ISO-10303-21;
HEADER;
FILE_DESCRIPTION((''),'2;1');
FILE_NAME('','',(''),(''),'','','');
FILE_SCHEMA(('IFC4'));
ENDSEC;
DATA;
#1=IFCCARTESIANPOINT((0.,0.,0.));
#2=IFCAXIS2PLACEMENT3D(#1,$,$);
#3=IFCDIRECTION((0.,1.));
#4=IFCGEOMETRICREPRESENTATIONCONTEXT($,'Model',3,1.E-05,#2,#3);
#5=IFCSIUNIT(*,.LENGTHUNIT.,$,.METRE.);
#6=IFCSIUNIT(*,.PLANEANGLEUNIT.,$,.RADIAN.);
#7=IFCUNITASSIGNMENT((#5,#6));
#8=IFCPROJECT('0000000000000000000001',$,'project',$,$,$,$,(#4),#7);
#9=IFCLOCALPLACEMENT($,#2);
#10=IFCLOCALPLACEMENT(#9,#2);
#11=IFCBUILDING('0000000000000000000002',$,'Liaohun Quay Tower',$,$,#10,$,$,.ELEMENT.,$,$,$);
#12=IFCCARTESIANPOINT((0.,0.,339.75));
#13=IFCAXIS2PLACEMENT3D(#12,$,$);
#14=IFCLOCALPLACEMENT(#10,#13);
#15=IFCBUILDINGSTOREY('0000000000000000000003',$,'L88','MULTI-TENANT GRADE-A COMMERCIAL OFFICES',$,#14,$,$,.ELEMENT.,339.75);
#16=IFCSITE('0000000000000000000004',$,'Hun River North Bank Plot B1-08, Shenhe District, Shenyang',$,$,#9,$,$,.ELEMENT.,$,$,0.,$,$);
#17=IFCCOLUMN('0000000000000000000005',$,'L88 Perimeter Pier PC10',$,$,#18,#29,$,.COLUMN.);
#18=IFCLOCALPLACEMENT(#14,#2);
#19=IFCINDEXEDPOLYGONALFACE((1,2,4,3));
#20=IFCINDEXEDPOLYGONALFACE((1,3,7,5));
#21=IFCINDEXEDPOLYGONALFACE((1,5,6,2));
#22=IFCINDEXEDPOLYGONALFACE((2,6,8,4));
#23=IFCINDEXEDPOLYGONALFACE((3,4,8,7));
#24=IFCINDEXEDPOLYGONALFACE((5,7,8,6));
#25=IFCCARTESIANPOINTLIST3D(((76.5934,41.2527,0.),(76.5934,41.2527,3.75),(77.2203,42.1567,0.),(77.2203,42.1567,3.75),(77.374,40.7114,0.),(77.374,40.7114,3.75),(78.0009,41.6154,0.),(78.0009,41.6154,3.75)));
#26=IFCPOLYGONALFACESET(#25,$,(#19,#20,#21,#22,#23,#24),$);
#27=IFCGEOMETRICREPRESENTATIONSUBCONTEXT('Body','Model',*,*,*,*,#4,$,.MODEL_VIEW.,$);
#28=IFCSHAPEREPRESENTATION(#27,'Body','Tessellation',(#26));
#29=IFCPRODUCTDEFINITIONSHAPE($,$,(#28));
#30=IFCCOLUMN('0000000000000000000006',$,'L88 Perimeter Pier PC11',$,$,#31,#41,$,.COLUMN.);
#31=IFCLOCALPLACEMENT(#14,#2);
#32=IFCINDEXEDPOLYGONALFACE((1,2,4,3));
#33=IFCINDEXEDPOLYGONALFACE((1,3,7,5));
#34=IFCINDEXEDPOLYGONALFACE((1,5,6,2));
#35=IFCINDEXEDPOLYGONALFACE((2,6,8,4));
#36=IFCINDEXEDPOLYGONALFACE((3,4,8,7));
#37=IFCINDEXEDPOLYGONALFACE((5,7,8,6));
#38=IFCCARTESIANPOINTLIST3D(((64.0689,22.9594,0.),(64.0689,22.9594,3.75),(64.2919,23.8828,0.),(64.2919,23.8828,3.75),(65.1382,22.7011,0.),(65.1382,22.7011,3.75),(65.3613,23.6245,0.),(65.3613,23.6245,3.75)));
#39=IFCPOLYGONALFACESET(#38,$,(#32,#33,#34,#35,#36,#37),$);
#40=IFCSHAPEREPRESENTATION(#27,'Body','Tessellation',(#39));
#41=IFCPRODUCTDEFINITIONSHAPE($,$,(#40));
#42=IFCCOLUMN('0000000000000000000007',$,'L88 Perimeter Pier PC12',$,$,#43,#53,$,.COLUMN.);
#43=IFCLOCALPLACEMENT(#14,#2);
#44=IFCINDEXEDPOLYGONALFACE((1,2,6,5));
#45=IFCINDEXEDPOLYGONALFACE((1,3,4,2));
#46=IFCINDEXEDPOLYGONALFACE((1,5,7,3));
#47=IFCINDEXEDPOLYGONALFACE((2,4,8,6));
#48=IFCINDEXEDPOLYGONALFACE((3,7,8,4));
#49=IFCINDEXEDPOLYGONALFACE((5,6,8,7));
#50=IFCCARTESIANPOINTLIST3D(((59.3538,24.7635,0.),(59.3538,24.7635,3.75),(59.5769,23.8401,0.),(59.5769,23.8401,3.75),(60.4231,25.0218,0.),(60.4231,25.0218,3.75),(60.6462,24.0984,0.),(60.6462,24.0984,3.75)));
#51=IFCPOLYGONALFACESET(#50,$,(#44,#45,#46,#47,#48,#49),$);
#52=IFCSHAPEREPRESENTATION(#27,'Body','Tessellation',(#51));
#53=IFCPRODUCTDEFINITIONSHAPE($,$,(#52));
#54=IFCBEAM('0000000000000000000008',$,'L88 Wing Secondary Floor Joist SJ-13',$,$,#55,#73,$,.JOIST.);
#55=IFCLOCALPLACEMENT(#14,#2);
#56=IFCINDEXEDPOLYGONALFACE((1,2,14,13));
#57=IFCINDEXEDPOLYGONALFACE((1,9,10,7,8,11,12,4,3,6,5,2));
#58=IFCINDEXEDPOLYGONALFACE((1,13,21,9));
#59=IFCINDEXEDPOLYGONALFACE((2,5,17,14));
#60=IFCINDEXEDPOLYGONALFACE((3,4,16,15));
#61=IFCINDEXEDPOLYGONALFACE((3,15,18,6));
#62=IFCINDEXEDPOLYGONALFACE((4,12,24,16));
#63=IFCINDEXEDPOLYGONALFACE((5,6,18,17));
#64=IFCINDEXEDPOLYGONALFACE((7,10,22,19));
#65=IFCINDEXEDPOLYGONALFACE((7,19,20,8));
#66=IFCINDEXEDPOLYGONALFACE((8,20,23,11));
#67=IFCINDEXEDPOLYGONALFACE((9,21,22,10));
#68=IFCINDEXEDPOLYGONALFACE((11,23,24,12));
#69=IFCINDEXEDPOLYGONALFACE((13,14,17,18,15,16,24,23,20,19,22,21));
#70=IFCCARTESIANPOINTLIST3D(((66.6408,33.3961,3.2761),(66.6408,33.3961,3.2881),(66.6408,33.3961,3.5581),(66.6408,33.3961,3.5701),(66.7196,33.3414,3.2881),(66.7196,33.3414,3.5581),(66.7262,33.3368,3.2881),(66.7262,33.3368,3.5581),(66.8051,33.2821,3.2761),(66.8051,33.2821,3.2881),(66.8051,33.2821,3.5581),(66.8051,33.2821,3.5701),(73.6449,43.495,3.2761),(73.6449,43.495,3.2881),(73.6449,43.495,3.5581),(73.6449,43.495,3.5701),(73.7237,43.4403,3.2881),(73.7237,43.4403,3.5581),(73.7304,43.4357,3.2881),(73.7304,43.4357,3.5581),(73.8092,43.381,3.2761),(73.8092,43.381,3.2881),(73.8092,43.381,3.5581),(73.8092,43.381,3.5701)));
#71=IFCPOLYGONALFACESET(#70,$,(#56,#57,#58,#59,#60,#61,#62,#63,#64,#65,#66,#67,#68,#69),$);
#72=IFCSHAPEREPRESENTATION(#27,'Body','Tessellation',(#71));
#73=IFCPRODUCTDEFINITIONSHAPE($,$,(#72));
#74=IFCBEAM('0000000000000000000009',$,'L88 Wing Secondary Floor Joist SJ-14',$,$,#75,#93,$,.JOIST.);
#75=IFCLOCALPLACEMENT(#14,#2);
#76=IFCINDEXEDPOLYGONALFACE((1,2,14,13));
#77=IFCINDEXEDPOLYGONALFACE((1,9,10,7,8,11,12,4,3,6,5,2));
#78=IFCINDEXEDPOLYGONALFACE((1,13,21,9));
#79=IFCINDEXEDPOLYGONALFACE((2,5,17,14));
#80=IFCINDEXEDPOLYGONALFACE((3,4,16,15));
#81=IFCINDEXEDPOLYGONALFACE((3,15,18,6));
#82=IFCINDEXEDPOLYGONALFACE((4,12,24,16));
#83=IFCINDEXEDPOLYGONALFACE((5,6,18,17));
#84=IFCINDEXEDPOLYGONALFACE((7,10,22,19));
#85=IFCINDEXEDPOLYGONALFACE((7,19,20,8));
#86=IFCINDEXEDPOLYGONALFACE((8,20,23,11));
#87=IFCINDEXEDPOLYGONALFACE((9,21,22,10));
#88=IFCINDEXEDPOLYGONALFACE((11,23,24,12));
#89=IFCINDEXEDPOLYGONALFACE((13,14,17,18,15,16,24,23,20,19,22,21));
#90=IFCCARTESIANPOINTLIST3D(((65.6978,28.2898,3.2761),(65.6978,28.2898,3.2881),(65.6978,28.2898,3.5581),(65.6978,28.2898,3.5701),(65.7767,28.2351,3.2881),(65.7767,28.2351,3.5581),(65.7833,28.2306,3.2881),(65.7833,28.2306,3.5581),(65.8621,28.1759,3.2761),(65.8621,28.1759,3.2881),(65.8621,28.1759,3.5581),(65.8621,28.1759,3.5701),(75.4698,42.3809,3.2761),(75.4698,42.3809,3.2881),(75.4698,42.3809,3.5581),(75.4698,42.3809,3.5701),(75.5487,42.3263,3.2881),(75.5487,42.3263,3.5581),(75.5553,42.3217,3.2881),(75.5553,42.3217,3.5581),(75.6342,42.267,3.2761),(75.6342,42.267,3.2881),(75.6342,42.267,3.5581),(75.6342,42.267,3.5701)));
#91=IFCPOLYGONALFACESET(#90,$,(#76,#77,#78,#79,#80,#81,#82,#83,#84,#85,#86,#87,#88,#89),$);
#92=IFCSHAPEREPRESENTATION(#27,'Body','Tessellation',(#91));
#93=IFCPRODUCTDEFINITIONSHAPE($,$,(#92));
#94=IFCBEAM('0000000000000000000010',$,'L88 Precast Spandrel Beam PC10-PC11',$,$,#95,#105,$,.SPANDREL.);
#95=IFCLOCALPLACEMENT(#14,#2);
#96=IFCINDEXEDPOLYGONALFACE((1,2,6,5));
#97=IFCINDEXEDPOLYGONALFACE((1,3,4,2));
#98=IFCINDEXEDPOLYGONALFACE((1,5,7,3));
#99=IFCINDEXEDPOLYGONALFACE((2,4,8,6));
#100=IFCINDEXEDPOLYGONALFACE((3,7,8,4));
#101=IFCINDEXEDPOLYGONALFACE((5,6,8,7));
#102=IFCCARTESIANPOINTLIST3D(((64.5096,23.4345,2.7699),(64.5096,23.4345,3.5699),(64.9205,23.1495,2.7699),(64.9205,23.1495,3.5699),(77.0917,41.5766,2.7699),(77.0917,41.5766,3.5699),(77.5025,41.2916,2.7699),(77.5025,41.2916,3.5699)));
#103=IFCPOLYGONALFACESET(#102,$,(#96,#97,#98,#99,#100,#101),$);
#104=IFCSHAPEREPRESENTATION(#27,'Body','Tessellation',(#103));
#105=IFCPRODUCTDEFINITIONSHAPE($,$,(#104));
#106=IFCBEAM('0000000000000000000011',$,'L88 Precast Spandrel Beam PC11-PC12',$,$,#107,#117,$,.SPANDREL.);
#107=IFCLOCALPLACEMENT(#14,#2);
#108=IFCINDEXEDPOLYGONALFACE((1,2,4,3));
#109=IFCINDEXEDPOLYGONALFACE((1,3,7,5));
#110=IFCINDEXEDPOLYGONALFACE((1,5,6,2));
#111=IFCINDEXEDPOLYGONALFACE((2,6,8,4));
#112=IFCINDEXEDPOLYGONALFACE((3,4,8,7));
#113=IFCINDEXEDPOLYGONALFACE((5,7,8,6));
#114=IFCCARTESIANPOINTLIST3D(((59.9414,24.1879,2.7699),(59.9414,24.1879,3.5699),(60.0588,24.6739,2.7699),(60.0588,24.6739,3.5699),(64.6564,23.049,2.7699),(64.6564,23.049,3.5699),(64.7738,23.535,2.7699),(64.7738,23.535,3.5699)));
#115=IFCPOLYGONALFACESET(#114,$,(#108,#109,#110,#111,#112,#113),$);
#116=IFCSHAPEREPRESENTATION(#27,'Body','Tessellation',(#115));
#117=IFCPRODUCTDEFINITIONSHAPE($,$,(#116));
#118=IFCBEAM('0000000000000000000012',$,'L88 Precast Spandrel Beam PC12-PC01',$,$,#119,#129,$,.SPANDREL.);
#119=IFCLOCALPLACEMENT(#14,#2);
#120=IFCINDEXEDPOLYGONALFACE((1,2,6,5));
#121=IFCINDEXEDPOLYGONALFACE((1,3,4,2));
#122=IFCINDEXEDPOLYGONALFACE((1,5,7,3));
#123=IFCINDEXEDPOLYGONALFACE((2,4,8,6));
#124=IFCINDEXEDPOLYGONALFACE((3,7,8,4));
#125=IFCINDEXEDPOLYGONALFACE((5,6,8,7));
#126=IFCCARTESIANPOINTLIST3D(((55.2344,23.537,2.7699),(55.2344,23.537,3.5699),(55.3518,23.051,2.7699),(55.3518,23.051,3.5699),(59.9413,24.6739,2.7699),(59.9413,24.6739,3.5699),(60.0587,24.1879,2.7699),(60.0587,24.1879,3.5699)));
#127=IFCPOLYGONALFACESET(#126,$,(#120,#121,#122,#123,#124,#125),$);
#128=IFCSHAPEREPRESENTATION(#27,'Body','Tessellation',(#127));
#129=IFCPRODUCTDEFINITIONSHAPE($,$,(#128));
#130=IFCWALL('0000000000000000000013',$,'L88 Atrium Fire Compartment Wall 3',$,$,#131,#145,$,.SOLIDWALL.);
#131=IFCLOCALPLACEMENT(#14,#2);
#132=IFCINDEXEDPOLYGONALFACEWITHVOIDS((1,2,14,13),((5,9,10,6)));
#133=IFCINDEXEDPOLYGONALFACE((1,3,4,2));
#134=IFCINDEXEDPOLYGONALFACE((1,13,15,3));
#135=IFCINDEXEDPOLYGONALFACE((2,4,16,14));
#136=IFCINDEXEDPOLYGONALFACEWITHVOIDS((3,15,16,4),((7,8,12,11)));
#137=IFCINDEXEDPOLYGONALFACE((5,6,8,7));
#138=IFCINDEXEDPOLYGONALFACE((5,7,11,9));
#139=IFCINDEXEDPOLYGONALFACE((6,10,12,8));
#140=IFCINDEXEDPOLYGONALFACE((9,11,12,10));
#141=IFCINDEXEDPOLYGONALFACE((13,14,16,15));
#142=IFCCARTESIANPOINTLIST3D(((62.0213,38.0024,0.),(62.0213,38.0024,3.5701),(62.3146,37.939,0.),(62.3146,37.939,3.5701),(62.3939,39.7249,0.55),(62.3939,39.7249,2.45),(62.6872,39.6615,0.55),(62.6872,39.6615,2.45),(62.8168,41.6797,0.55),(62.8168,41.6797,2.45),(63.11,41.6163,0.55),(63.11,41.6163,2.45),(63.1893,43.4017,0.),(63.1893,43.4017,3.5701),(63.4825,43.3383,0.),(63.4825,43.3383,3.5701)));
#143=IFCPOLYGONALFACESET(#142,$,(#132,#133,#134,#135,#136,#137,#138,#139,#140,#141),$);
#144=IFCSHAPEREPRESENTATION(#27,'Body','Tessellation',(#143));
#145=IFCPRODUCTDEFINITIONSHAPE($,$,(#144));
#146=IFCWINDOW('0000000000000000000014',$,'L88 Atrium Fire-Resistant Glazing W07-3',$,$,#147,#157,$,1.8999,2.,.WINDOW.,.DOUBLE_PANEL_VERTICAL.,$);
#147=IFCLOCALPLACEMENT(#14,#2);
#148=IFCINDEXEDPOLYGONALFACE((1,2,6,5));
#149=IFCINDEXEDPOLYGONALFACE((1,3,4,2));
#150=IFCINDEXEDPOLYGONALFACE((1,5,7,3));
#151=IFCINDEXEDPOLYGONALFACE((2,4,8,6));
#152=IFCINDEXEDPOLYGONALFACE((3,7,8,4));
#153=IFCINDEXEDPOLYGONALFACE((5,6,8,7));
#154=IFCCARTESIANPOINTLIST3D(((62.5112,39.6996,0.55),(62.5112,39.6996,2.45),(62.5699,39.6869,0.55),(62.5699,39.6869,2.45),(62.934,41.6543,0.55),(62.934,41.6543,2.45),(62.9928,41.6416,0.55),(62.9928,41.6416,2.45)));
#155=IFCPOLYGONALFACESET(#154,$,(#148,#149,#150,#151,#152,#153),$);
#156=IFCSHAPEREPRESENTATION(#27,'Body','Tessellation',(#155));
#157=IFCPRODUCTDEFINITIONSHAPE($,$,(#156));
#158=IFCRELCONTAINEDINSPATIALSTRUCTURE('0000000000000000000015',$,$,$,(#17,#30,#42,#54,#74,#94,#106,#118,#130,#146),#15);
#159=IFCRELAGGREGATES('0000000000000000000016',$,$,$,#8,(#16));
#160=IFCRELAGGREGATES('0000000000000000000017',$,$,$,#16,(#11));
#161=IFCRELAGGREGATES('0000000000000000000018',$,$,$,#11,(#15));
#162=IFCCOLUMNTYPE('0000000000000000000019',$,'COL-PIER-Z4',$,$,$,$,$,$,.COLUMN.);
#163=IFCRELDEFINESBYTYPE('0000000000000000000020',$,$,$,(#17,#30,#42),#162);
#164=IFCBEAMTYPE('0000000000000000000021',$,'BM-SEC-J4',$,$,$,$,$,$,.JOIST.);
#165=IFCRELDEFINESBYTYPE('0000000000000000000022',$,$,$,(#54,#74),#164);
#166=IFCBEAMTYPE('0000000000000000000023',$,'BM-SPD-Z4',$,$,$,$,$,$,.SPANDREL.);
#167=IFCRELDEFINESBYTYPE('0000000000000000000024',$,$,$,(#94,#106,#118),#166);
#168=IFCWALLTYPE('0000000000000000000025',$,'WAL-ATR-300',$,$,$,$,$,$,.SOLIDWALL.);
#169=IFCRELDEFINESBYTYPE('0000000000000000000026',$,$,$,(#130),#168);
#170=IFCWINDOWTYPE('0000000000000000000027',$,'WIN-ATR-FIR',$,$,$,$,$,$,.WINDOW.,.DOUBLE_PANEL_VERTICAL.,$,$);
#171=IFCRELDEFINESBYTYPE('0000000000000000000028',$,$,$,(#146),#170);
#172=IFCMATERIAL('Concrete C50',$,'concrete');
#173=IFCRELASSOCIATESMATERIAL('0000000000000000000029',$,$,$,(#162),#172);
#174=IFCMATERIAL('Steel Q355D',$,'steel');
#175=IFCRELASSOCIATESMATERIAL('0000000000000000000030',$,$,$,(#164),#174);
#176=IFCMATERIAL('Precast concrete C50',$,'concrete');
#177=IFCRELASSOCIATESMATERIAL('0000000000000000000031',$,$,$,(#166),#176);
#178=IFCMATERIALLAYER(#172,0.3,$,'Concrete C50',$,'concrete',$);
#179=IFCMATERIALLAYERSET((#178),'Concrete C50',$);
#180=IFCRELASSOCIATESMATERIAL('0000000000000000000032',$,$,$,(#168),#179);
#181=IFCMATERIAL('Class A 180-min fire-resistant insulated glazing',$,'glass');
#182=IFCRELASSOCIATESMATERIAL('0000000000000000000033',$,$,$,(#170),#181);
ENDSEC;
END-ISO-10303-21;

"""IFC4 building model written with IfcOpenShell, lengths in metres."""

from ifc_helpers import new_model, si_unit, direction, frame, frame_2d, origin, origin_2d, place, context, subcontext, project, spatial, rectangle, i_section, extrude, source, transform, mapped, material, layer, layer_set, material_profile, profile_set, type_object, element, fill, save


model = new_model("IFC4")

# Units and contexts
model_context = context("Model", 3, precision=1e-05, world=origin(), true_north=direction((0.0, 1.0)))
body_context = subcontext(model_context, "Body", "Model", "MODEL_VIEW")
ifc_project = project(units=[si_unit("LENGTHUNIT", "METRE"), si_unit("PLANEANGLEUNIT", "RADIAN")], contexts=[model_context])

# Site, building, storey
site_placement = place(None, origin())
site = spatial("IfcSite", under=ifc_project, at=site_placement, Name="Hun River North Bank Plot B1-08, Shenhe District, Shenyang", CompositionType="ELEMENT", RefElevation=0.0)
building_placement = place(site_placement, origin())
building = spatial("IfcBuilding", under=site, at=building_placement, Name="Liaohun Quay Tower", CompositionType="ELEMENT")
storey_placement = place(building_placement, frame((0.0, 0.0, 339.75)))
storey = spatial("IfcBuildingStorey", under=building, at=storey_placement, Name="L88", Description="MULTI-TENANT GRADE-A COMMERCIAL OFFICES", CompositionType="ELEMENT", Elevation=339.75)

# Columns
ifc_material_1 = material(Name="Concrete C50", Category="concrete")
ifc_material_profile_1 = material_profile(ifc_material_1, rectangle(XDim=1.1001, YDim=0.95, at=origin_2d()), Name="RC1100x950")
ifc_profile_set_1 = profile_set([ifc_material_profile_1], Name="Concrete C50")
column_type = type_object("IfcColumnType", Name="COL-PIER-Z4", PredefinedType="COLUMN", material=ifc_profile_set_1)
shared_shape_1 = source(origin(), body_context, "Body", "SweptSolid", [
    extrude(rectangle(XDim=1.1001, YDim=0.95, at=origin_2d()), origin(), (0.0, 0.0, 1.0), 3.75),
])
for number, where, z_axis, x_axis, name in (
    (1, (77.2971, 41.4341, 0.0), (0.0, 0.0, 1.0), (0.569853, 0.821746, 0.0), "L88 Perimeter Pier PC10"),
    (2, (64.7151, 23.292, 0.0), (0.0, 0.0, 1.0), (-0.972043, 0.234803, 0.0), "L88 Perimeter Pier PC11"),
    (3, (60.0, 24.4309, 0.0), (0.0, 0.0, 1.0), (0.972043, 0.234803, 0.0), "L88 Perimeter Pier PC12"),
):
    element("IfcColumn", number, at=place(storey_placement, frame(where, z_axis=z_axis, x_axis=x_axis)), inside=storey, type_object=column_type, Name=name, PredefinedType="COLUMN", context=body_context, shape_type="MappedRepresentation", body=[
        mapped(shared_shape_1, transform((0.0, 0.0, 0.0), x_axis=(1.0, 0.0, 0.0), y_axis=(0.0, 1.0, 0.0), z_axis=(0.0, 0.0, 1.0), scale=1.0)),
    ])

# Beams
ifc_material_2 = material(Name="Steel Q355D", Category="steel")
ifc_material_profile_2 = material_profile(ifc_material_2, i_section(OverallWidth=0.2, OverallDepth=0.2939, WebThickness=0.0081, FlangeThickness=0.012, at=origin_2d()), Name="HM294x200x8x12")
ifc_profile_set_2 = profile_set([ifc_material_profile_2], Name="Steel Q355D")
beam_type_1 = type_object("IfcBeamType", Name="BM-SEC-J4", PredefinedType="JOIST", material=ifc_profile_set_2)
shared_shape_2 = source(origin(), body_context, "Body", "SweptSolid", [
    extrude(i_section(OverallWidth=0.2, OverallDepth=0.2939, WebThickness=0.0081, FlangeThickness=0.012, at=origin_2d()), origin(), (0.0, 0.0, 1.0), 12.29),
])
beam_1_placement = place(storey_placement, frame((73.7271, 43.438, 3.4231), z_axis=(-0.569904, -0.821711, 0.0), x_axis=(0.821711, -0.569904, 0.0)))
element("IfcBeam", 4, at=beam_1_placement, inside=storey, type_object=beam_type_1, Name="L88 Wing Secondary Floor Joist SJ-13", PredefinedType="JOIST", context=body_context, shape_type="MappedRepresentation", body=[
    mapped(shared_shape_2, transform((0.0, 0.0, 0.0), x_axis=(1.0, 0.0, 0.0), y_axis=(0.0, 1.0, 0.0), z_axis=(0.0, 0.0, 1.0), scale=1.0)),
])
shared_shape_3 = source(origin(), body_context, "Body", "SweptSolid", [
    extrude(i_section(OverallWidth=0.2, OverallDepth=0.2939, WebThickness=0.0081, FlangeThickness=0.012, at=origin_2d()), origin(), (0.0, 0.0, 1.0), 17.1479),
])
beam_2_placement = place(storey_placement, frame((75.552, 42.324, 3.4231), z_axis=(-0.569865, -0.821738, 0.0), x_axis=(0.821738, -0.569865, 0.0)))
element("IfcBeam", 5, at=beam_2_placement, inside=storey, type_object=beam_type_1, Name="L88 Wing Secondary Floor Joist SJ-14", PredefinedType="JOIST", context=body_context, shape_type="MappedRepresentation", body=[
    mapped(shared_shape_3, transform((0.0, 0.0, 0.0), x_axis=(1.0, 0.0, 0.0), y_axis=(0.0, 1.0, 0.0), z_axis=(0.0, 0.0, 1.0), scale=1.0)),
])
ifc_material_3 = material(Name="Precast concrete C50", Category="concrete")
ifc_material_profile_3 = material_profile(ifc_material_3, rectangle(XDim=0.5, YDim=0.8, at=origin_2d()), Name="RC500x800")
ifc_profile_set_3 = profile_set([ifc_material_profile_3], Name="Precast concrete C50")
beam_type_2 = type_object("IfcBeamType", Name="BM-SPD-Z4", PredefinedType="SPANDREL", material=ifc_profile_set_3)
shared_shape_4 = source(origin(), body_context, "Body", "SweptSolid", [
    extrude(rectangle(XDim=0.5, YDim=0.8, at=origin_2d()), origin(), (0.0, 0.0, 1.0), 22.0781),
])
beam_3_placement = place(storey_placement, frame((77.2971, 41.4341, 3.1699), z_axis=(-0.569887, -0.821723, 0.0), x_axis=(0.821723, -0.569887, 0.0)))
element("IfcBeam", 6, at=beam_3_placement, inside=storey, type_object=beam_type_2, Name="L88 Precast Spandrel Beam PC10-PC11", PredefinedType="SPANDREL", context=body_context, shape_type="MappedRepresentation", body=[
    mapped(shared_shape_4, transform((0.0, 0.0, 0.0), x_axis=(1.0, 0.0, 0.0), y_axis=(0.0, 1.0, 0.0), z_axis=(0.0, 0.0, 1.0), scale=1.0)),
])
shared_shape_5 = source(origin(), body_context, "Body", "SweptSolid", [
    extrude(rectangle(XDim=0.5, YDim=0.8, at=origin_2d()), origin(), (0.0, 0.0, 1.0), 4.8506),
])
beam_4_placement = place(storey_placement, frame((64.7151, 23.292, 3.1699), z_axis=(-0.972045, 0.234795, 0.0), x_axis=(-0.234795, -0.972045, 0.0)))
element("IfcBeam", 7, at=beam_4_placement, inside=storey, type_object=beam_type_2, Name="L88 Precast Spandrel Beam PC11-PC12", PredefinedType="SPANDREL", context=body_context, shape_type="MappedRepresentation", body=[
    mapped(shared_shape_5, transform((0.0, 0.0, 0.0), x_axis=(1.0, 0.0, 0.0), y_axis=(0.0, 1.0, 0.0), z_axis=(0.0, 0.0, 1.0), scale=1.0)),
])
shared_shape_6 = source(origin(), body_context, "Body", "SweptSolid", [
    extrude(rectangle(XDim=0.5, YDim=0.8, at=origin_2d()), origin(), (0.0, 0.0, 1.0), 4.8423),
])
beam_5_placement = place(storey_placement, frame((60.0, 24.4309, 3.1699), z_axis=(-0.972045, -0.234793, 0.0), x_axis=(0.234793, -0.972045, 0.0)))
element("IfcBeam", 8, at=beam_5_placement, inside=storey, type_object=beam_type_2, Name="L88 Precast Spandrel Beam PC12-PC01", PredefinedType="SPANDREL", context=body_context, shape_type="MappedRepresentation", body=[
    mapped(shared_shape_6, transform((0.0, 0.0, 0.0), x_axis=(1.0, 0.0, 0.0), y_axis=(0.0, 1.0, 0.0), z_axis=(0.0, 0.0, 1.0), scale=1.0)),
])

# Wall, opening, window
ifc_layer_1 = layer(ifc_material_1, 0.3, Name="Concrete C50", Category="concrete")
ifc_layer_set_1 = layer_set([ifc_layer_1], Name="Concrete C50")
wall_type_1 = type_object("IfcWallType", Name="WAL-ATR-300", PredefinedType="SOLIDWALL", material=ifc_layer_set_1)
wall_1_placement = place(storey_placement, frame((63.3359, 43.3701, 0.0), z_axis=(0.0, 0.0, 1.0), x_axis=(-0.211433, -0.977392, 0.0)))
wall_1 = element("IfcWall", 9, at=wall_1_placement, inside=storey, type_object=wall_type_1, Name="L88 Atrium Fire Compartment Wall 3", PredefinedType="SOLIDWALL", context=body_context, shape_type="SweptSolid", body=[
    extrude(rectangle(XDim=5.5242, YDim=0.3, at=frame_2d((2.7622, 0.0))), origin(), (0.0, 0.0, 1.0), 3.5701),
])
shared_shape_7 = source(origin(), body_context, "Body", "SweptSolid", [
    extrude(rectangle(XDim=2.0, YDim=1.8999, at=frame_2d((1.0, 0.95))), frame((0.0, 0.1599, 0.0), z_axis=(0.0, -1.0, 0.0), x_axis=(1.0, 0.0, 0.0)), (0.0, 0.0, 1.0), 0.3201),
])
opening_1_placement = place(wall_1_placement, frame((1.762, 0.0, 0.55)))
opening_1 = element("IfcOpeningElement", 10, at=opening_1_placement, cuts=wall_1, PredefinedType="OPENING", context=body_context, shape_type="MappedRepresentation", body=[
    mapped(shared_shape_7, transform((0.0, 0.0, 0.0), x_axis=(1.0, 0.0, 0.0), y_axis=(0.0, 1.0, 0.0), z_axis=(0.0, 0.0, 1.0), scale=1.0)),
])
ifc_material_4 = material(Name="Class A 180-min fire-resistant insulated glazing", Category="glass")
window_type_1 = type_object("IfcWindowType", Name="WIN-ATR-FIR", PartitioningType="DOUBLE_PANEL_VERTICAL", PredefinedType="WINDOW", material=ifc_material_4)
shared_shape_8 = source(origin(), body_context, "Body", "SweptSolid", [
    extrude(rectangle(XDim=2.0, YDim=1.8999, at=frame_2d((1.0, 0.95))), frame((0.0, 0.03, 0.0), z_axis=(0.0, -1.0, 0.0), x_axis=(1.0, 0.0, 0.0)), (0.0, 0.0, 1.0), 0.0601),
])
window_1_placement = place(opening_1_placement, origin())
window_1 = element("IfcWindow", 11, at=window_1_placement, inside=storey, type_object=window_type_1, Name="L88 Atrium Fire-Resistant Glazing W07-3", OverallHeight=1.8999, OverallWidth=2.0, PartitioningType="DOUBLE_PANEL_VERTICAL", PredefinedType="WINDOW", context=body_context, shape_type="MappedRepresentation", body=[
    mapped(shared_shape_8, transform((0.0, 0.0, 0.0), x_axis=(1.0, 0.0, 0.0), y_axis=(0.0, 1.0, 0.0), z_axis=(0.0, 0.0, 1.0), scale=1.0)),
])
fill(opening_1, window_1)

save(model, "model.ifc")
